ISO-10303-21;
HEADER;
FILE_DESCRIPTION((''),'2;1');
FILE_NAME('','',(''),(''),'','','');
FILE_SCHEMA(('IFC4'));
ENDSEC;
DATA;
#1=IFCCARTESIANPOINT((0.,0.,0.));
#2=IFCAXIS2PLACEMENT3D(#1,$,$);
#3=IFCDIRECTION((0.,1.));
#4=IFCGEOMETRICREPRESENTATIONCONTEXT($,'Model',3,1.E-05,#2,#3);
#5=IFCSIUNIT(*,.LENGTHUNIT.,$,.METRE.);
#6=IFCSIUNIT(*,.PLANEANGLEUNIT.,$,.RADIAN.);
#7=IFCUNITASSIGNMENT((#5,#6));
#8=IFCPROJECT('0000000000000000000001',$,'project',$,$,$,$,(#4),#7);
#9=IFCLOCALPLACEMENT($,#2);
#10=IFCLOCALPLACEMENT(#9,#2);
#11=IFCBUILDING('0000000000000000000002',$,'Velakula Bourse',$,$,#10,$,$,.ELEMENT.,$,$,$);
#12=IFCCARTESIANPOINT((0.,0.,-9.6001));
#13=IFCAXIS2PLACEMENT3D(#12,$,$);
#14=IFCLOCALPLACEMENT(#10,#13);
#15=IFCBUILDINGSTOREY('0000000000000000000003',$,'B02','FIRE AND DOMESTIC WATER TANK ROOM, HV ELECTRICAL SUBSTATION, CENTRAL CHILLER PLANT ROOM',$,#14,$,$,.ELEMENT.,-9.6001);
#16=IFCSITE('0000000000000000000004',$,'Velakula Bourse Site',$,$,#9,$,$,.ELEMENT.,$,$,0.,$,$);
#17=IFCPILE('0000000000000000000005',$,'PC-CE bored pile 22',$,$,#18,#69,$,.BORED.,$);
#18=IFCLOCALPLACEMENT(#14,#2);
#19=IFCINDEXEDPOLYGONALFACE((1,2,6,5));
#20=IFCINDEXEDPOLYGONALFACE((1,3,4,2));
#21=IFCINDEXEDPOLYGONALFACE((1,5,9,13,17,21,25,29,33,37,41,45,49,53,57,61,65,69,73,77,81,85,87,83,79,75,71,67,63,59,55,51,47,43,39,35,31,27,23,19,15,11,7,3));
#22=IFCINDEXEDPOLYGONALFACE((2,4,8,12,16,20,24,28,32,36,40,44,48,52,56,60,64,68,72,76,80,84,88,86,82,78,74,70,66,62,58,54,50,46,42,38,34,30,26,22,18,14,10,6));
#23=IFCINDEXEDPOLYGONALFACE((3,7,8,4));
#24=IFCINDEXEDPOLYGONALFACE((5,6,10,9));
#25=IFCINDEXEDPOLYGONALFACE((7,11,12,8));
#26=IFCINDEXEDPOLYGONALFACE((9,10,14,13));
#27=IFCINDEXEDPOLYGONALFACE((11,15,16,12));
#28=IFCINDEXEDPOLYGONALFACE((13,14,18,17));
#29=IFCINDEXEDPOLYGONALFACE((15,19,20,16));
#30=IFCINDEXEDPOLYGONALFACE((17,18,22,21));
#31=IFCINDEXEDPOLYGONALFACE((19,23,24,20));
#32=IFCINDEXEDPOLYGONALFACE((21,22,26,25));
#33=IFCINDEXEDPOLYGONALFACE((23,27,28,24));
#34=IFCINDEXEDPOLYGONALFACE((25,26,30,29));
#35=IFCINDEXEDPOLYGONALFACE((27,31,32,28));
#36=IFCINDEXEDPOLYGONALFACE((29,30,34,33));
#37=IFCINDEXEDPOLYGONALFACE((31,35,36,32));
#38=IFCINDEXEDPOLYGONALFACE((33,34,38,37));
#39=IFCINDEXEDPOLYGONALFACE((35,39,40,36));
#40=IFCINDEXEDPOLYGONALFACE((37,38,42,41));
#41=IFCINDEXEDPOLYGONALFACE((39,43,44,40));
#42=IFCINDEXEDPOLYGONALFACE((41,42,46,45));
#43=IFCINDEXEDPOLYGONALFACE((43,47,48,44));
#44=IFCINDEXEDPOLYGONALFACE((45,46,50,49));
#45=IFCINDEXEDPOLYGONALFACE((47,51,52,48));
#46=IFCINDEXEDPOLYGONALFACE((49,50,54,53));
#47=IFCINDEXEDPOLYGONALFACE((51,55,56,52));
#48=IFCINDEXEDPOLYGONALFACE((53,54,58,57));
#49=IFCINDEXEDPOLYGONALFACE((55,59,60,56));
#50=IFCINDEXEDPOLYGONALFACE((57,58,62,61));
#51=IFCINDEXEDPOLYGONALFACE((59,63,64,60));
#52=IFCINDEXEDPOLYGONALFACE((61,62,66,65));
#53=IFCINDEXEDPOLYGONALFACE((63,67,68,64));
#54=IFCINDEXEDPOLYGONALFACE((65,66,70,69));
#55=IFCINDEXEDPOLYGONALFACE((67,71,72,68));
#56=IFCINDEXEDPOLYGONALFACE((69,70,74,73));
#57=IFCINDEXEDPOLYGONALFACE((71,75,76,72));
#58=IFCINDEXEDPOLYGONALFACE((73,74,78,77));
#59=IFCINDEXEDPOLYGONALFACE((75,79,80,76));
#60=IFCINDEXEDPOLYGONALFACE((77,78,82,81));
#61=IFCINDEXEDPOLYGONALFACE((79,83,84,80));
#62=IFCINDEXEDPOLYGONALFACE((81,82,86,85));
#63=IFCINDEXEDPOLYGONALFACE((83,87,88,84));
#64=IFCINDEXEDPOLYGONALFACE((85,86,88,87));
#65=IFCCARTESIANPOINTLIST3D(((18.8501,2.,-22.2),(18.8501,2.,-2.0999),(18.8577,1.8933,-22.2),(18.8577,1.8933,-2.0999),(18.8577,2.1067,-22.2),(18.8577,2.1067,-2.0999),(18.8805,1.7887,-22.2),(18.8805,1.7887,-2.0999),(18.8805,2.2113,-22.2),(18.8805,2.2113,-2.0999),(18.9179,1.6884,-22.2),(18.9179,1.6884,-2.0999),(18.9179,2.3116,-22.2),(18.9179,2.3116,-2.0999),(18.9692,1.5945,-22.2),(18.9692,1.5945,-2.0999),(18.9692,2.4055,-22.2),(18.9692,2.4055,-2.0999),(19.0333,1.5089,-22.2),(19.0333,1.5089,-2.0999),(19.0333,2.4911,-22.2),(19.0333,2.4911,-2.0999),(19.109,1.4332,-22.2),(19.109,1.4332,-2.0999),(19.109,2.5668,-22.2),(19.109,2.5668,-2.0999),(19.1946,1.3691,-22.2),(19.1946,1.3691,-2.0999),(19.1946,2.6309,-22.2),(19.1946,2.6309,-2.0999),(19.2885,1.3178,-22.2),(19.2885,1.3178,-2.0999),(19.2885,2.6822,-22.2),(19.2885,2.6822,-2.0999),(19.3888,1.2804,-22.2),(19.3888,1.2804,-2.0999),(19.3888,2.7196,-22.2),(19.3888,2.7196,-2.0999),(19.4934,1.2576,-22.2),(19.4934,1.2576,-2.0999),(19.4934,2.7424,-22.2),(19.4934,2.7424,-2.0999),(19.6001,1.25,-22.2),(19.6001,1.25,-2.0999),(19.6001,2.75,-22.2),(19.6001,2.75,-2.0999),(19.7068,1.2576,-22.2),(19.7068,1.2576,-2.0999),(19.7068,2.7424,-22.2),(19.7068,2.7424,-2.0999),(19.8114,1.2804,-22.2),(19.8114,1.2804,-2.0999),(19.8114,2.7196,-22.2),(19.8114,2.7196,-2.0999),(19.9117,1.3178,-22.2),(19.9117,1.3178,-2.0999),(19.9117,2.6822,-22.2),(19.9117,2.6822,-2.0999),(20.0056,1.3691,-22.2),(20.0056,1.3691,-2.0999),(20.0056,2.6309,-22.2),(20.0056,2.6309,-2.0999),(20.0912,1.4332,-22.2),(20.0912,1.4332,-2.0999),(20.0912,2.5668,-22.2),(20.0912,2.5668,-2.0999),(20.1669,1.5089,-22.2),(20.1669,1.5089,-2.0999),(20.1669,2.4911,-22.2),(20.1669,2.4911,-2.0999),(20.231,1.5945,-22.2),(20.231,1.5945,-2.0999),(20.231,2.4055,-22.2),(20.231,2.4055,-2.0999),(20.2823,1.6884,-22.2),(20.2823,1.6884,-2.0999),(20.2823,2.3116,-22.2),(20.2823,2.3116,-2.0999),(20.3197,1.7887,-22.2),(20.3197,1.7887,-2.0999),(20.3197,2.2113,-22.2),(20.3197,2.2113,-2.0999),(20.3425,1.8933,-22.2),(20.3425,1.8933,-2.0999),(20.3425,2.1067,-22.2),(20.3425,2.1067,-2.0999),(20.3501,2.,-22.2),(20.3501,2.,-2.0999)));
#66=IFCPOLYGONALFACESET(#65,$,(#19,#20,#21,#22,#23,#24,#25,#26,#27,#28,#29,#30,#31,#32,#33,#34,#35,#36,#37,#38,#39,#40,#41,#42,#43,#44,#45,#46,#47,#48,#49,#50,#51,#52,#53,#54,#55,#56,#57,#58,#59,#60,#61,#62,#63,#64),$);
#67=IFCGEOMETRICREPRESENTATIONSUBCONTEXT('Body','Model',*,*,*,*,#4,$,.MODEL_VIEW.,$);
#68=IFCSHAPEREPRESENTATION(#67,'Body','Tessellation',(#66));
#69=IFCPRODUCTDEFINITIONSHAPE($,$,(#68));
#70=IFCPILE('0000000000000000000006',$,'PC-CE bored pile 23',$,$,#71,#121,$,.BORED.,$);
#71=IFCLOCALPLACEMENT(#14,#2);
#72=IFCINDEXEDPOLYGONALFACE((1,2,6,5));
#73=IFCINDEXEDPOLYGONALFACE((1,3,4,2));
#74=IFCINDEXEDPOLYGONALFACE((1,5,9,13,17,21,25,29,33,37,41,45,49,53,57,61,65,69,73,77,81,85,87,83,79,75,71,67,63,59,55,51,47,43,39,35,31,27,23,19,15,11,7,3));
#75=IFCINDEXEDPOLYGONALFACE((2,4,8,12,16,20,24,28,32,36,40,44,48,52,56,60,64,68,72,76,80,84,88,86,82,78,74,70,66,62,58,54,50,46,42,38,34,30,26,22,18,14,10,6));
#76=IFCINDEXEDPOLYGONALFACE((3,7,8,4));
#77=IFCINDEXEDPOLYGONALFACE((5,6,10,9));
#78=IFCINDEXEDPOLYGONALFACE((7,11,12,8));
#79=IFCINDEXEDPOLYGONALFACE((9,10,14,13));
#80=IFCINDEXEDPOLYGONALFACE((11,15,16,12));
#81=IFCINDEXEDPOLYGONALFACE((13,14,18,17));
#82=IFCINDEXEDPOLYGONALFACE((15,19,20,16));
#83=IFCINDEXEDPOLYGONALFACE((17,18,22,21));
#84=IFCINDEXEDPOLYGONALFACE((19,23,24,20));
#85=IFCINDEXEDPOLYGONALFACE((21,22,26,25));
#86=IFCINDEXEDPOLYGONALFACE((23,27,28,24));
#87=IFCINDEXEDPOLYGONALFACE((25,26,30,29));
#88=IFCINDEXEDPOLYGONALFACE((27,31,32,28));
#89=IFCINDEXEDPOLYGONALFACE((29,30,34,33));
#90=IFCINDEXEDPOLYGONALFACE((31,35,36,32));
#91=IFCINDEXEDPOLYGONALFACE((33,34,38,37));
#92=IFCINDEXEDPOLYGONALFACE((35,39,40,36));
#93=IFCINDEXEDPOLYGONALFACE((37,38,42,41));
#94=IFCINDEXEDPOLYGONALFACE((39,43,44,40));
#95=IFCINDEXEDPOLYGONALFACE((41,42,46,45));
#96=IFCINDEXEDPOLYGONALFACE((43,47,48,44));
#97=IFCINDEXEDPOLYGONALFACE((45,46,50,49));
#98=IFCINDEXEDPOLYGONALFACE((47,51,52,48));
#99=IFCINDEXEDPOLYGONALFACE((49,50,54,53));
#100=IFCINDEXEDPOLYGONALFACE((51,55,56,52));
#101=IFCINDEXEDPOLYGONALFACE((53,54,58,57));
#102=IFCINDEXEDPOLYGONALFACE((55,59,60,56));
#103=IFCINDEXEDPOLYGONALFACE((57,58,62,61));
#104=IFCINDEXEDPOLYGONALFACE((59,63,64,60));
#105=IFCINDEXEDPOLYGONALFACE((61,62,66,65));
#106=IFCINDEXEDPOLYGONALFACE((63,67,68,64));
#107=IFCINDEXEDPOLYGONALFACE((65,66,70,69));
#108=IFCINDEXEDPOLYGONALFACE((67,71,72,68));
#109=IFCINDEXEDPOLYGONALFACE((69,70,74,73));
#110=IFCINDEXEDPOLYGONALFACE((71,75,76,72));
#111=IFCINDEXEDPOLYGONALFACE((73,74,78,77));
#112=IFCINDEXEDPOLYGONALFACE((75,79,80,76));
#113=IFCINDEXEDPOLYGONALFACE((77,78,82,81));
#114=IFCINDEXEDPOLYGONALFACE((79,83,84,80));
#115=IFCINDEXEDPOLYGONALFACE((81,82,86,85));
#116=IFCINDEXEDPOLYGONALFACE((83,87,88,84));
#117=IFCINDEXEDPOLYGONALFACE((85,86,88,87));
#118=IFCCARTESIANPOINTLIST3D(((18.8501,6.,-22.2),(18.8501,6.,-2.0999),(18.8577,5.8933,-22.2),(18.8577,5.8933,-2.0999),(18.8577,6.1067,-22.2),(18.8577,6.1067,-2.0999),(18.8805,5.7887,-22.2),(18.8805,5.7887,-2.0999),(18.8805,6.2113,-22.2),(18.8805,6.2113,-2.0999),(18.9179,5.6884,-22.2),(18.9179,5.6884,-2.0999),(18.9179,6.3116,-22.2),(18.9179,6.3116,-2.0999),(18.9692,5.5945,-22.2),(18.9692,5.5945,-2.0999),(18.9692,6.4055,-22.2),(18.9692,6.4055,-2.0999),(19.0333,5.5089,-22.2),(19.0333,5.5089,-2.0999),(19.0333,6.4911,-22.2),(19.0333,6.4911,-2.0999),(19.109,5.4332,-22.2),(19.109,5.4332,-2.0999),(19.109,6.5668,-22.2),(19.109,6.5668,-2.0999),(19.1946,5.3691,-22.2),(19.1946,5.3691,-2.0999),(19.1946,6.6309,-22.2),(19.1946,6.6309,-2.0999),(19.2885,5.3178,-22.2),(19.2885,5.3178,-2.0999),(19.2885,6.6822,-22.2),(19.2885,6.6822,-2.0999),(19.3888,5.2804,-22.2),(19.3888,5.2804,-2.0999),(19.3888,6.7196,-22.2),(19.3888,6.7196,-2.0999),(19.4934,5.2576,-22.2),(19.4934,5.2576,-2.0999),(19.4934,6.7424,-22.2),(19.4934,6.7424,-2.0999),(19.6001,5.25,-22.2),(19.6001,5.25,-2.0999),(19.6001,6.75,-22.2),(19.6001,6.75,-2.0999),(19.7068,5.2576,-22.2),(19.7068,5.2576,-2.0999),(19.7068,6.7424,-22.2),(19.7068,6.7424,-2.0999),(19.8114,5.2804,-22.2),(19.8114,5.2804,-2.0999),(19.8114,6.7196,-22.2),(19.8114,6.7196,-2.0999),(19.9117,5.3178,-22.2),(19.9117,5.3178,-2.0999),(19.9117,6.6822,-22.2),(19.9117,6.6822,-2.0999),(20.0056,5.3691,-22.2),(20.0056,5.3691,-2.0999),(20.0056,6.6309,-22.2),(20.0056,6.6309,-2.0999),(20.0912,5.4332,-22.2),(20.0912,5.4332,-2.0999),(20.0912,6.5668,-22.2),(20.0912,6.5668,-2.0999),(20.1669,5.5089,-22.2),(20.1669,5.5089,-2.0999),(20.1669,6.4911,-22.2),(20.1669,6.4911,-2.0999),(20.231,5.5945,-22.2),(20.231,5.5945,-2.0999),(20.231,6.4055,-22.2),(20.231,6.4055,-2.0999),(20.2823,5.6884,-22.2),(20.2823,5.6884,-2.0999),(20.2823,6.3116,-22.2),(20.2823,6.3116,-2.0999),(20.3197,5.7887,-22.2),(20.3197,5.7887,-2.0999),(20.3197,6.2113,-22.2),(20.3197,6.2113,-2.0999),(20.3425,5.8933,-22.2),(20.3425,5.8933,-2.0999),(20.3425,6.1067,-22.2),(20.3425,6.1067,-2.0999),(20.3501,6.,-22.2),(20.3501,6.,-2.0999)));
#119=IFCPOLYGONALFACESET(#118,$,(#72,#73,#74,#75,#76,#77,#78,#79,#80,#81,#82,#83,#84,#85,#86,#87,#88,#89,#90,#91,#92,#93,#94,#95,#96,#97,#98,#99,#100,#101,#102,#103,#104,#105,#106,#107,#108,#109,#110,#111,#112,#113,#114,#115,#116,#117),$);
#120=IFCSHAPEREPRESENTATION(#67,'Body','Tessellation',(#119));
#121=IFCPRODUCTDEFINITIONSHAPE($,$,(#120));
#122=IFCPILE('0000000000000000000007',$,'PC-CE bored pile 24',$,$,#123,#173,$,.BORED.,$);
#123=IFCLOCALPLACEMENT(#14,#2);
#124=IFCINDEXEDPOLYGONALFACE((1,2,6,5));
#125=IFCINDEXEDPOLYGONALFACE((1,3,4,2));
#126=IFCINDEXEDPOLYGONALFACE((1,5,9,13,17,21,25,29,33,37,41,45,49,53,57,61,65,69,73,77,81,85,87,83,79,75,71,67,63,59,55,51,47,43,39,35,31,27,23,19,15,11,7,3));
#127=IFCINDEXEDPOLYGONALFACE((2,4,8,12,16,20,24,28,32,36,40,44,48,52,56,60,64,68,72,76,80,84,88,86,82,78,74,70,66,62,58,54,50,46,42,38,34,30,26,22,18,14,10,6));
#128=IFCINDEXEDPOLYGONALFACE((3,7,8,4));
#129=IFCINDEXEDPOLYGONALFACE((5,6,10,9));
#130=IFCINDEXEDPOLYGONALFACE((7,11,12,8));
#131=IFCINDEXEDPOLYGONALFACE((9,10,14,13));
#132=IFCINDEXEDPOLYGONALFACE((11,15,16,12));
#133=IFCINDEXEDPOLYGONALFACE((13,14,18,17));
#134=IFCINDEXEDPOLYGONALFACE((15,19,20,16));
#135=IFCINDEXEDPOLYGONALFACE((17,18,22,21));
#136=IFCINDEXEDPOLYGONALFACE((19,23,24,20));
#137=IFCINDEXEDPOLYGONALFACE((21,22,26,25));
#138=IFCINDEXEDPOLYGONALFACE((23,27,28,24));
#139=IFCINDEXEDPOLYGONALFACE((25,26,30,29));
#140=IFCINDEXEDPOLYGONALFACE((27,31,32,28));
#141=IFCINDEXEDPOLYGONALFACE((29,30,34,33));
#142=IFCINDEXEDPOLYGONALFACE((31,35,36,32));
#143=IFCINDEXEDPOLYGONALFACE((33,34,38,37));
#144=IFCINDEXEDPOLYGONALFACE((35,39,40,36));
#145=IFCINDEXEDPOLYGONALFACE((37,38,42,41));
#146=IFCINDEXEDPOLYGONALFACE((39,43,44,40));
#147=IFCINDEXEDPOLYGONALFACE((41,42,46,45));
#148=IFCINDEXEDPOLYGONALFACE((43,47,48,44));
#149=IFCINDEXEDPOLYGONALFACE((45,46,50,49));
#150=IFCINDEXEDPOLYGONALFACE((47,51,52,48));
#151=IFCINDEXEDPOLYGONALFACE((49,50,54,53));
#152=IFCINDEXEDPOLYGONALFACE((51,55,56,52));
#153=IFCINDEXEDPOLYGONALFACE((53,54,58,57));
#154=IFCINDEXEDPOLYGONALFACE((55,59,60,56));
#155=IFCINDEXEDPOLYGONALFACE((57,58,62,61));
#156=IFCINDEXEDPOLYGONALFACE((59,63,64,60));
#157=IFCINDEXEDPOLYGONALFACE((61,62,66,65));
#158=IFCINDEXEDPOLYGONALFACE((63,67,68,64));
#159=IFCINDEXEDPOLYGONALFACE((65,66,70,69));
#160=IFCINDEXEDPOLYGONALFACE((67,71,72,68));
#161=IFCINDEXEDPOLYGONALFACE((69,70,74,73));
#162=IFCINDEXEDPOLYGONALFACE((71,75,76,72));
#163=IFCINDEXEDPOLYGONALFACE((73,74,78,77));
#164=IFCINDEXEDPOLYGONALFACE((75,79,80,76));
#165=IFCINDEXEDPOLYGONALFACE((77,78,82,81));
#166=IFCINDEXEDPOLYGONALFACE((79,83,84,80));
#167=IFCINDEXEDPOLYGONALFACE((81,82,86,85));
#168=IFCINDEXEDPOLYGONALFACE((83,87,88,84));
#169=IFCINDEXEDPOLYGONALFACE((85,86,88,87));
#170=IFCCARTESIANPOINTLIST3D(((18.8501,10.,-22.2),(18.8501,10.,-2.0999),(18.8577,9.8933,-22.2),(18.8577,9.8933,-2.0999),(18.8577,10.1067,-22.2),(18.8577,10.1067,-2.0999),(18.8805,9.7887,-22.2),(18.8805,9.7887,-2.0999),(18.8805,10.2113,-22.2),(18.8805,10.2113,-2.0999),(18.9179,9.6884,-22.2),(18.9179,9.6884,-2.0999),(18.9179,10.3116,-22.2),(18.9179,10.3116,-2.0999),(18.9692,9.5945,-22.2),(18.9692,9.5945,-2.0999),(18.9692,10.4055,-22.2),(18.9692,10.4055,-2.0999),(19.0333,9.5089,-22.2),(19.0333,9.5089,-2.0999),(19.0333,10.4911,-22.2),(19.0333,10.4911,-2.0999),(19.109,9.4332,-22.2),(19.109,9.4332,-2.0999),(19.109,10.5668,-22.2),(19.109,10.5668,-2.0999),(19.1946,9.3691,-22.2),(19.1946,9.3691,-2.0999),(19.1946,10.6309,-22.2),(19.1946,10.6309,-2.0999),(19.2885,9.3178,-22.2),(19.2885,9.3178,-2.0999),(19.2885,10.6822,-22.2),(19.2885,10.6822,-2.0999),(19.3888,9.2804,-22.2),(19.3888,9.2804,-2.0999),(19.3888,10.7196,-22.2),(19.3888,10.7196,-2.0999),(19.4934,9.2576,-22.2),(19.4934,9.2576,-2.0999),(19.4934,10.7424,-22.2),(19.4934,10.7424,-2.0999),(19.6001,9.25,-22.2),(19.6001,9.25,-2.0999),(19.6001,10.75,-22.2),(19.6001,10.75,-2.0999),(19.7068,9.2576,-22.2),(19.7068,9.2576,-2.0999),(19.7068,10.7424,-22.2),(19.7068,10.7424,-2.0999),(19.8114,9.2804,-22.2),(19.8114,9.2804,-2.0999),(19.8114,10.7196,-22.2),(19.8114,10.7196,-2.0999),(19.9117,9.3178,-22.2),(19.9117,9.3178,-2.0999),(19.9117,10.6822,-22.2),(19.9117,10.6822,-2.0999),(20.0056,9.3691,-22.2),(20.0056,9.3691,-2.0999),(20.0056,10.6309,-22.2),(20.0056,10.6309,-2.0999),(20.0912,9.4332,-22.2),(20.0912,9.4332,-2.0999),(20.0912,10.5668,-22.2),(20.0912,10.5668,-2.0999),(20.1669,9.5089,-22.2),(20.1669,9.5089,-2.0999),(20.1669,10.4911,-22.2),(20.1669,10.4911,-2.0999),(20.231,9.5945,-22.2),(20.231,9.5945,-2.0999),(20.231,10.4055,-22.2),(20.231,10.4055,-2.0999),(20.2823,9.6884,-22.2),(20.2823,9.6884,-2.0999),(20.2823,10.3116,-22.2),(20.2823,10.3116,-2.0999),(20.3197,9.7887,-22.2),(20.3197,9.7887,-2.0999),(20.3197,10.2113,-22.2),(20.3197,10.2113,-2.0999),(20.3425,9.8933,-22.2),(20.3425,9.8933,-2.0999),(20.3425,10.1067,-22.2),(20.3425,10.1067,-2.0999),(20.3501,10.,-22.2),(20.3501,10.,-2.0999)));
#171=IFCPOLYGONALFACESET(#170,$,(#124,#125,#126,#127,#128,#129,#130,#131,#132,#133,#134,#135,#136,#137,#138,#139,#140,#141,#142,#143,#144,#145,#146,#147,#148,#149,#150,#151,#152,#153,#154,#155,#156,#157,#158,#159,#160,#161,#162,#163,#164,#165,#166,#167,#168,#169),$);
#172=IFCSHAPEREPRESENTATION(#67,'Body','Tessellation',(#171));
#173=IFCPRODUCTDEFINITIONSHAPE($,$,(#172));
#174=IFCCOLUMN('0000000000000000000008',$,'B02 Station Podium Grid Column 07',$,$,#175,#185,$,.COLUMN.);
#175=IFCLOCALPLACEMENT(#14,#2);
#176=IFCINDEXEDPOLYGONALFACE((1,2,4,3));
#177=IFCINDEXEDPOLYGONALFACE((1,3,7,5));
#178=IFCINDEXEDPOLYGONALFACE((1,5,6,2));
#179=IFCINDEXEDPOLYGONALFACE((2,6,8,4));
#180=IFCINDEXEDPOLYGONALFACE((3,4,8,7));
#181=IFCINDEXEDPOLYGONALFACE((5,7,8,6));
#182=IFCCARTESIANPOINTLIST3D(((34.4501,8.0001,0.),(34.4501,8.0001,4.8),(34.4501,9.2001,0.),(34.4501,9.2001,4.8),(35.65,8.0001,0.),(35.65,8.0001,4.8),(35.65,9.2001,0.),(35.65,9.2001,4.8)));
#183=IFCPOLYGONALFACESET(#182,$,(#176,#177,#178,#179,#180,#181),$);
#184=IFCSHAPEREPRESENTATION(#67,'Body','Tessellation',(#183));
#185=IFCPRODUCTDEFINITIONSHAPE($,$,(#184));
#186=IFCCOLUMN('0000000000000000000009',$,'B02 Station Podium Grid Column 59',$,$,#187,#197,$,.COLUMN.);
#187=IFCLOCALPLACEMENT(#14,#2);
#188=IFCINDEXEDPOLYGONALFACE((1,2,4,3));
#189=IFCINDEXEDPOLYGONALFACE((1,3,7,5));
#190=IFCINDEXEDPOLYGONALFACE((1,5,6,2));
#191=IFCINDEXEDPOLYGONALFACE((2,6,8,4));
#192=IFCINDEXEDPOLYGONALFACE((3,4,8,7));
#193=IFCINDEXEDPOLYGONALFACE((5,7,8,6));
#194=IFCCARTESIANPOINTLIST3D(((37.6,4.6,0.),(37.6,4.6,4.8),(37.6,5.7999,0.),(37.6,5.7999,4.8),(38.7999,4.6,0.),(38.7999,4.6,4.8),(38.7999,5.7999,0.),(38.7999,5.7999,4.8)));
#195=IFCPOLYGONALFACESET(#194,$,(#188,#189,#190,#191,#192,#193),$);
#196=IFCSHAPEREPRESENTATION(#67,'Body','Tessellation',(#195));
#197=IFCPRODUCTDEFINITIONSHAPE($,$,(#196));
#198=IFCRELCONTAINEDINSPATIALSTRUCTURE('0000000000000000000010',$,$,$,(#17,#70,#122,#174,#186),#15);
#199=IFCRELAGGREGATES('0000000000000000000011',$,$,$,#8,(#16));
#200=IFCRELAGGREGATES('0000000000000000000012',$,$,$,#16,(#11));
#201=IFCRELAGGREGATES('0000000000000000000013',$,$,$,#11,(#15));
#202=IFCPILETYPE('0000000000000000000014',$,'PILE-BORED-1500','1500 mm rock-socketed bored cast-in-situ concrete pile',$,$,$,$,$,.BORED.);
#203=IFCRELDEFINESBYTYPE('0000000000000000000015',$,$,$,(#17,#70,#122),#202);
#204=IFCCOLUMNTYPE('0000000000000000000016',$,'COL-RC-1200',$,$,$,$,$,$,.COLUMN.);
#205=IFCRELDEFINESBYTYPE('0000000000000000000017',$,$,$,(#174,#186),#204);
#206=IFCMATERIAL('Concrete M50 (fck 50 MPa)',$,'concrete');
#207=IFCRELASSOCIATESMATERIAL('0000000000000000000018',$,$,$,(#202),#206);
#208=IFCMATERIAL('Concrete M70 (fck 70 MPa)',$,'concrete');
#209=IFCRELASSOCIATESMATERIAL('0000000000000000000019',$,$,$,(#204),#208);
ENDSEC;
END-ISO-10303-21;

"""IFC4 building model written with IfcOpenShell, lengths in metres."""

from ifc_helpers import new_model, si_unit, direction, frame, origin, origin_2d, place, context, subcontext, project, spatial, rectangle, circle, extrude, material, material_profile, profile_set, type_object, element, save


model = new_model("IFC4")

# Units and contexts
model_context = context("Model", 3, precision=1e-05, world=origin(), true_north=direction((0.0, 1.0)))
body_context = subcontext(model_context, "Body", "Model", "MODEL_VIEW")
ifc_project = project(units=[si_unit("LENGTHUNIT", "METRE"), si_unit("PLANEANGLEUNIT", "RADIAN")], contexts=[model_context])

# Site, building, storey
site_placement = place(None, origin())
site = spatial("IfcSite", under=ifc_project, at=site_placement, Name="Velakula Bourse Site", CompositionType="ELEMENT", RefElevation=0.0)
building_placement = place(site_placement, origin())
building = spatial("IfcBuilding", under=site, at=building_placement, Name="Velakula Bourse", CompositionType="ELEMENT")
storey_placement = place(building_placement, frame((0.0, 0.0, -9.6001)))
storey = spatial("IfcBuildingStorey", under=building, at=storey_placement, Name="B02", Description="FIRE AND DOMESTIC WATER TANK ROOM, HV ELECTRICAL SUBSTATION, CENTRAL CHILLER PLANT ROOM", CompositionType="ELEMENT", Elevation=-9.6001)

# Shared definitions
ifc_material_1 = material(Name="Concrete M70 (fck 70 MPa)", Category="concrete")
ifc_material_2 = material(Name="Concrete M50 (fck 50 MPa)", Category="concrete")

# Piles
ifc_material_profile_1 = material_profile(ifc_material_2, circle(Radius=0.75, at=origin_2d()), Name="Concrete M50 (fck 50 MPa)")
ifc_profile_set_1 = profile_set([ifc_material_profile_1], Name="Concrete M50 (fck 50 MPa)")
pile_type_1 = type_object("IfcPileType", Name="PILE-BORED-1500", Description="1500 mm rock-socketed bored cast-in-situ concrete pile", PredefinedType="BORED", material=ifc_profile_set_1)
for number, where, z_axis, x_axis, name in (
    (1, (19.6001, 2.0, -2.0999), (0.0, 0.0, -1.0), (1.0, 0.0, 0.0), "PC-CE bored pile 22"),
    (2, (19.6001, 6.0, -2.0999), (0.0, 0.0, -1.0), (1.0, 0.0, 0.0), "PC-CE bored pile 23"),
    (3, (19.6001, 10.0, -2.0999), (0.0, 0.0, -1.0), (1.0, 0.0, 0.0), "PC-CE bored pile 24"),
):
    element("IfcPile", number, at=place(storey_placement, frame(where, z_axis=z_axis, x_axis=x_axis)), inside=storey, type_object=pile_type_1, Name=name, PredefinedType="BORED", context=body_context, shape_type="SweptSolid", body=[
        extrude(circle(Radius=0.75, at=origin_2d()), origin(), (0.0, 0.0, 1.0), 20.1001),
    ])

# Columns
ifc_material_profile_2 = material_profile(ifc_material_1, rectangle(XDim=1.2, YDim=1.2, at=origin_2d()), Name="Concrete M70 (fck 70 MPa)")
ifc_profile_set_2 = profile_set([ifc_material_profile_2], Name="Concrete M70 (fck 70 MPa)")
column_type_1 = type_object("IfcColumnType", Name="COL-RC-1200", PredefinedType="COLUMN", material=ifc_profile_set_2)
for number, where, z_axis, x_axis, name in (
    (4, (35.05, 8.6001, 0.0), (0.0, 0.0, 1.0), (1.0, 0.0, 0.0), "B02 Station Podium Grid Column 07"),
    (5, (38.2, 5.2, 0.0), (0.0, 0.0, 1.0), (1.0, 0.0, 0.0), "B02 Station Podium Grid Column 59"),
):
    element("IfcColumn", number, at=place(storey_placement, frame(where, z_axis=z_axis, x_axis=x_axis)), inside=storey, type_object=column_type_1, Name=name, PredefinedType="COLUMN", context=body_context, shape_type="SweptSolid", body=[
        extrude(rectangle(XDim=1.2, YDim=1.2, at=origin_2d()), origin(), (0.0, 0.0, 1.0), 4.8),
    ])

save(model, "model.ifc")
